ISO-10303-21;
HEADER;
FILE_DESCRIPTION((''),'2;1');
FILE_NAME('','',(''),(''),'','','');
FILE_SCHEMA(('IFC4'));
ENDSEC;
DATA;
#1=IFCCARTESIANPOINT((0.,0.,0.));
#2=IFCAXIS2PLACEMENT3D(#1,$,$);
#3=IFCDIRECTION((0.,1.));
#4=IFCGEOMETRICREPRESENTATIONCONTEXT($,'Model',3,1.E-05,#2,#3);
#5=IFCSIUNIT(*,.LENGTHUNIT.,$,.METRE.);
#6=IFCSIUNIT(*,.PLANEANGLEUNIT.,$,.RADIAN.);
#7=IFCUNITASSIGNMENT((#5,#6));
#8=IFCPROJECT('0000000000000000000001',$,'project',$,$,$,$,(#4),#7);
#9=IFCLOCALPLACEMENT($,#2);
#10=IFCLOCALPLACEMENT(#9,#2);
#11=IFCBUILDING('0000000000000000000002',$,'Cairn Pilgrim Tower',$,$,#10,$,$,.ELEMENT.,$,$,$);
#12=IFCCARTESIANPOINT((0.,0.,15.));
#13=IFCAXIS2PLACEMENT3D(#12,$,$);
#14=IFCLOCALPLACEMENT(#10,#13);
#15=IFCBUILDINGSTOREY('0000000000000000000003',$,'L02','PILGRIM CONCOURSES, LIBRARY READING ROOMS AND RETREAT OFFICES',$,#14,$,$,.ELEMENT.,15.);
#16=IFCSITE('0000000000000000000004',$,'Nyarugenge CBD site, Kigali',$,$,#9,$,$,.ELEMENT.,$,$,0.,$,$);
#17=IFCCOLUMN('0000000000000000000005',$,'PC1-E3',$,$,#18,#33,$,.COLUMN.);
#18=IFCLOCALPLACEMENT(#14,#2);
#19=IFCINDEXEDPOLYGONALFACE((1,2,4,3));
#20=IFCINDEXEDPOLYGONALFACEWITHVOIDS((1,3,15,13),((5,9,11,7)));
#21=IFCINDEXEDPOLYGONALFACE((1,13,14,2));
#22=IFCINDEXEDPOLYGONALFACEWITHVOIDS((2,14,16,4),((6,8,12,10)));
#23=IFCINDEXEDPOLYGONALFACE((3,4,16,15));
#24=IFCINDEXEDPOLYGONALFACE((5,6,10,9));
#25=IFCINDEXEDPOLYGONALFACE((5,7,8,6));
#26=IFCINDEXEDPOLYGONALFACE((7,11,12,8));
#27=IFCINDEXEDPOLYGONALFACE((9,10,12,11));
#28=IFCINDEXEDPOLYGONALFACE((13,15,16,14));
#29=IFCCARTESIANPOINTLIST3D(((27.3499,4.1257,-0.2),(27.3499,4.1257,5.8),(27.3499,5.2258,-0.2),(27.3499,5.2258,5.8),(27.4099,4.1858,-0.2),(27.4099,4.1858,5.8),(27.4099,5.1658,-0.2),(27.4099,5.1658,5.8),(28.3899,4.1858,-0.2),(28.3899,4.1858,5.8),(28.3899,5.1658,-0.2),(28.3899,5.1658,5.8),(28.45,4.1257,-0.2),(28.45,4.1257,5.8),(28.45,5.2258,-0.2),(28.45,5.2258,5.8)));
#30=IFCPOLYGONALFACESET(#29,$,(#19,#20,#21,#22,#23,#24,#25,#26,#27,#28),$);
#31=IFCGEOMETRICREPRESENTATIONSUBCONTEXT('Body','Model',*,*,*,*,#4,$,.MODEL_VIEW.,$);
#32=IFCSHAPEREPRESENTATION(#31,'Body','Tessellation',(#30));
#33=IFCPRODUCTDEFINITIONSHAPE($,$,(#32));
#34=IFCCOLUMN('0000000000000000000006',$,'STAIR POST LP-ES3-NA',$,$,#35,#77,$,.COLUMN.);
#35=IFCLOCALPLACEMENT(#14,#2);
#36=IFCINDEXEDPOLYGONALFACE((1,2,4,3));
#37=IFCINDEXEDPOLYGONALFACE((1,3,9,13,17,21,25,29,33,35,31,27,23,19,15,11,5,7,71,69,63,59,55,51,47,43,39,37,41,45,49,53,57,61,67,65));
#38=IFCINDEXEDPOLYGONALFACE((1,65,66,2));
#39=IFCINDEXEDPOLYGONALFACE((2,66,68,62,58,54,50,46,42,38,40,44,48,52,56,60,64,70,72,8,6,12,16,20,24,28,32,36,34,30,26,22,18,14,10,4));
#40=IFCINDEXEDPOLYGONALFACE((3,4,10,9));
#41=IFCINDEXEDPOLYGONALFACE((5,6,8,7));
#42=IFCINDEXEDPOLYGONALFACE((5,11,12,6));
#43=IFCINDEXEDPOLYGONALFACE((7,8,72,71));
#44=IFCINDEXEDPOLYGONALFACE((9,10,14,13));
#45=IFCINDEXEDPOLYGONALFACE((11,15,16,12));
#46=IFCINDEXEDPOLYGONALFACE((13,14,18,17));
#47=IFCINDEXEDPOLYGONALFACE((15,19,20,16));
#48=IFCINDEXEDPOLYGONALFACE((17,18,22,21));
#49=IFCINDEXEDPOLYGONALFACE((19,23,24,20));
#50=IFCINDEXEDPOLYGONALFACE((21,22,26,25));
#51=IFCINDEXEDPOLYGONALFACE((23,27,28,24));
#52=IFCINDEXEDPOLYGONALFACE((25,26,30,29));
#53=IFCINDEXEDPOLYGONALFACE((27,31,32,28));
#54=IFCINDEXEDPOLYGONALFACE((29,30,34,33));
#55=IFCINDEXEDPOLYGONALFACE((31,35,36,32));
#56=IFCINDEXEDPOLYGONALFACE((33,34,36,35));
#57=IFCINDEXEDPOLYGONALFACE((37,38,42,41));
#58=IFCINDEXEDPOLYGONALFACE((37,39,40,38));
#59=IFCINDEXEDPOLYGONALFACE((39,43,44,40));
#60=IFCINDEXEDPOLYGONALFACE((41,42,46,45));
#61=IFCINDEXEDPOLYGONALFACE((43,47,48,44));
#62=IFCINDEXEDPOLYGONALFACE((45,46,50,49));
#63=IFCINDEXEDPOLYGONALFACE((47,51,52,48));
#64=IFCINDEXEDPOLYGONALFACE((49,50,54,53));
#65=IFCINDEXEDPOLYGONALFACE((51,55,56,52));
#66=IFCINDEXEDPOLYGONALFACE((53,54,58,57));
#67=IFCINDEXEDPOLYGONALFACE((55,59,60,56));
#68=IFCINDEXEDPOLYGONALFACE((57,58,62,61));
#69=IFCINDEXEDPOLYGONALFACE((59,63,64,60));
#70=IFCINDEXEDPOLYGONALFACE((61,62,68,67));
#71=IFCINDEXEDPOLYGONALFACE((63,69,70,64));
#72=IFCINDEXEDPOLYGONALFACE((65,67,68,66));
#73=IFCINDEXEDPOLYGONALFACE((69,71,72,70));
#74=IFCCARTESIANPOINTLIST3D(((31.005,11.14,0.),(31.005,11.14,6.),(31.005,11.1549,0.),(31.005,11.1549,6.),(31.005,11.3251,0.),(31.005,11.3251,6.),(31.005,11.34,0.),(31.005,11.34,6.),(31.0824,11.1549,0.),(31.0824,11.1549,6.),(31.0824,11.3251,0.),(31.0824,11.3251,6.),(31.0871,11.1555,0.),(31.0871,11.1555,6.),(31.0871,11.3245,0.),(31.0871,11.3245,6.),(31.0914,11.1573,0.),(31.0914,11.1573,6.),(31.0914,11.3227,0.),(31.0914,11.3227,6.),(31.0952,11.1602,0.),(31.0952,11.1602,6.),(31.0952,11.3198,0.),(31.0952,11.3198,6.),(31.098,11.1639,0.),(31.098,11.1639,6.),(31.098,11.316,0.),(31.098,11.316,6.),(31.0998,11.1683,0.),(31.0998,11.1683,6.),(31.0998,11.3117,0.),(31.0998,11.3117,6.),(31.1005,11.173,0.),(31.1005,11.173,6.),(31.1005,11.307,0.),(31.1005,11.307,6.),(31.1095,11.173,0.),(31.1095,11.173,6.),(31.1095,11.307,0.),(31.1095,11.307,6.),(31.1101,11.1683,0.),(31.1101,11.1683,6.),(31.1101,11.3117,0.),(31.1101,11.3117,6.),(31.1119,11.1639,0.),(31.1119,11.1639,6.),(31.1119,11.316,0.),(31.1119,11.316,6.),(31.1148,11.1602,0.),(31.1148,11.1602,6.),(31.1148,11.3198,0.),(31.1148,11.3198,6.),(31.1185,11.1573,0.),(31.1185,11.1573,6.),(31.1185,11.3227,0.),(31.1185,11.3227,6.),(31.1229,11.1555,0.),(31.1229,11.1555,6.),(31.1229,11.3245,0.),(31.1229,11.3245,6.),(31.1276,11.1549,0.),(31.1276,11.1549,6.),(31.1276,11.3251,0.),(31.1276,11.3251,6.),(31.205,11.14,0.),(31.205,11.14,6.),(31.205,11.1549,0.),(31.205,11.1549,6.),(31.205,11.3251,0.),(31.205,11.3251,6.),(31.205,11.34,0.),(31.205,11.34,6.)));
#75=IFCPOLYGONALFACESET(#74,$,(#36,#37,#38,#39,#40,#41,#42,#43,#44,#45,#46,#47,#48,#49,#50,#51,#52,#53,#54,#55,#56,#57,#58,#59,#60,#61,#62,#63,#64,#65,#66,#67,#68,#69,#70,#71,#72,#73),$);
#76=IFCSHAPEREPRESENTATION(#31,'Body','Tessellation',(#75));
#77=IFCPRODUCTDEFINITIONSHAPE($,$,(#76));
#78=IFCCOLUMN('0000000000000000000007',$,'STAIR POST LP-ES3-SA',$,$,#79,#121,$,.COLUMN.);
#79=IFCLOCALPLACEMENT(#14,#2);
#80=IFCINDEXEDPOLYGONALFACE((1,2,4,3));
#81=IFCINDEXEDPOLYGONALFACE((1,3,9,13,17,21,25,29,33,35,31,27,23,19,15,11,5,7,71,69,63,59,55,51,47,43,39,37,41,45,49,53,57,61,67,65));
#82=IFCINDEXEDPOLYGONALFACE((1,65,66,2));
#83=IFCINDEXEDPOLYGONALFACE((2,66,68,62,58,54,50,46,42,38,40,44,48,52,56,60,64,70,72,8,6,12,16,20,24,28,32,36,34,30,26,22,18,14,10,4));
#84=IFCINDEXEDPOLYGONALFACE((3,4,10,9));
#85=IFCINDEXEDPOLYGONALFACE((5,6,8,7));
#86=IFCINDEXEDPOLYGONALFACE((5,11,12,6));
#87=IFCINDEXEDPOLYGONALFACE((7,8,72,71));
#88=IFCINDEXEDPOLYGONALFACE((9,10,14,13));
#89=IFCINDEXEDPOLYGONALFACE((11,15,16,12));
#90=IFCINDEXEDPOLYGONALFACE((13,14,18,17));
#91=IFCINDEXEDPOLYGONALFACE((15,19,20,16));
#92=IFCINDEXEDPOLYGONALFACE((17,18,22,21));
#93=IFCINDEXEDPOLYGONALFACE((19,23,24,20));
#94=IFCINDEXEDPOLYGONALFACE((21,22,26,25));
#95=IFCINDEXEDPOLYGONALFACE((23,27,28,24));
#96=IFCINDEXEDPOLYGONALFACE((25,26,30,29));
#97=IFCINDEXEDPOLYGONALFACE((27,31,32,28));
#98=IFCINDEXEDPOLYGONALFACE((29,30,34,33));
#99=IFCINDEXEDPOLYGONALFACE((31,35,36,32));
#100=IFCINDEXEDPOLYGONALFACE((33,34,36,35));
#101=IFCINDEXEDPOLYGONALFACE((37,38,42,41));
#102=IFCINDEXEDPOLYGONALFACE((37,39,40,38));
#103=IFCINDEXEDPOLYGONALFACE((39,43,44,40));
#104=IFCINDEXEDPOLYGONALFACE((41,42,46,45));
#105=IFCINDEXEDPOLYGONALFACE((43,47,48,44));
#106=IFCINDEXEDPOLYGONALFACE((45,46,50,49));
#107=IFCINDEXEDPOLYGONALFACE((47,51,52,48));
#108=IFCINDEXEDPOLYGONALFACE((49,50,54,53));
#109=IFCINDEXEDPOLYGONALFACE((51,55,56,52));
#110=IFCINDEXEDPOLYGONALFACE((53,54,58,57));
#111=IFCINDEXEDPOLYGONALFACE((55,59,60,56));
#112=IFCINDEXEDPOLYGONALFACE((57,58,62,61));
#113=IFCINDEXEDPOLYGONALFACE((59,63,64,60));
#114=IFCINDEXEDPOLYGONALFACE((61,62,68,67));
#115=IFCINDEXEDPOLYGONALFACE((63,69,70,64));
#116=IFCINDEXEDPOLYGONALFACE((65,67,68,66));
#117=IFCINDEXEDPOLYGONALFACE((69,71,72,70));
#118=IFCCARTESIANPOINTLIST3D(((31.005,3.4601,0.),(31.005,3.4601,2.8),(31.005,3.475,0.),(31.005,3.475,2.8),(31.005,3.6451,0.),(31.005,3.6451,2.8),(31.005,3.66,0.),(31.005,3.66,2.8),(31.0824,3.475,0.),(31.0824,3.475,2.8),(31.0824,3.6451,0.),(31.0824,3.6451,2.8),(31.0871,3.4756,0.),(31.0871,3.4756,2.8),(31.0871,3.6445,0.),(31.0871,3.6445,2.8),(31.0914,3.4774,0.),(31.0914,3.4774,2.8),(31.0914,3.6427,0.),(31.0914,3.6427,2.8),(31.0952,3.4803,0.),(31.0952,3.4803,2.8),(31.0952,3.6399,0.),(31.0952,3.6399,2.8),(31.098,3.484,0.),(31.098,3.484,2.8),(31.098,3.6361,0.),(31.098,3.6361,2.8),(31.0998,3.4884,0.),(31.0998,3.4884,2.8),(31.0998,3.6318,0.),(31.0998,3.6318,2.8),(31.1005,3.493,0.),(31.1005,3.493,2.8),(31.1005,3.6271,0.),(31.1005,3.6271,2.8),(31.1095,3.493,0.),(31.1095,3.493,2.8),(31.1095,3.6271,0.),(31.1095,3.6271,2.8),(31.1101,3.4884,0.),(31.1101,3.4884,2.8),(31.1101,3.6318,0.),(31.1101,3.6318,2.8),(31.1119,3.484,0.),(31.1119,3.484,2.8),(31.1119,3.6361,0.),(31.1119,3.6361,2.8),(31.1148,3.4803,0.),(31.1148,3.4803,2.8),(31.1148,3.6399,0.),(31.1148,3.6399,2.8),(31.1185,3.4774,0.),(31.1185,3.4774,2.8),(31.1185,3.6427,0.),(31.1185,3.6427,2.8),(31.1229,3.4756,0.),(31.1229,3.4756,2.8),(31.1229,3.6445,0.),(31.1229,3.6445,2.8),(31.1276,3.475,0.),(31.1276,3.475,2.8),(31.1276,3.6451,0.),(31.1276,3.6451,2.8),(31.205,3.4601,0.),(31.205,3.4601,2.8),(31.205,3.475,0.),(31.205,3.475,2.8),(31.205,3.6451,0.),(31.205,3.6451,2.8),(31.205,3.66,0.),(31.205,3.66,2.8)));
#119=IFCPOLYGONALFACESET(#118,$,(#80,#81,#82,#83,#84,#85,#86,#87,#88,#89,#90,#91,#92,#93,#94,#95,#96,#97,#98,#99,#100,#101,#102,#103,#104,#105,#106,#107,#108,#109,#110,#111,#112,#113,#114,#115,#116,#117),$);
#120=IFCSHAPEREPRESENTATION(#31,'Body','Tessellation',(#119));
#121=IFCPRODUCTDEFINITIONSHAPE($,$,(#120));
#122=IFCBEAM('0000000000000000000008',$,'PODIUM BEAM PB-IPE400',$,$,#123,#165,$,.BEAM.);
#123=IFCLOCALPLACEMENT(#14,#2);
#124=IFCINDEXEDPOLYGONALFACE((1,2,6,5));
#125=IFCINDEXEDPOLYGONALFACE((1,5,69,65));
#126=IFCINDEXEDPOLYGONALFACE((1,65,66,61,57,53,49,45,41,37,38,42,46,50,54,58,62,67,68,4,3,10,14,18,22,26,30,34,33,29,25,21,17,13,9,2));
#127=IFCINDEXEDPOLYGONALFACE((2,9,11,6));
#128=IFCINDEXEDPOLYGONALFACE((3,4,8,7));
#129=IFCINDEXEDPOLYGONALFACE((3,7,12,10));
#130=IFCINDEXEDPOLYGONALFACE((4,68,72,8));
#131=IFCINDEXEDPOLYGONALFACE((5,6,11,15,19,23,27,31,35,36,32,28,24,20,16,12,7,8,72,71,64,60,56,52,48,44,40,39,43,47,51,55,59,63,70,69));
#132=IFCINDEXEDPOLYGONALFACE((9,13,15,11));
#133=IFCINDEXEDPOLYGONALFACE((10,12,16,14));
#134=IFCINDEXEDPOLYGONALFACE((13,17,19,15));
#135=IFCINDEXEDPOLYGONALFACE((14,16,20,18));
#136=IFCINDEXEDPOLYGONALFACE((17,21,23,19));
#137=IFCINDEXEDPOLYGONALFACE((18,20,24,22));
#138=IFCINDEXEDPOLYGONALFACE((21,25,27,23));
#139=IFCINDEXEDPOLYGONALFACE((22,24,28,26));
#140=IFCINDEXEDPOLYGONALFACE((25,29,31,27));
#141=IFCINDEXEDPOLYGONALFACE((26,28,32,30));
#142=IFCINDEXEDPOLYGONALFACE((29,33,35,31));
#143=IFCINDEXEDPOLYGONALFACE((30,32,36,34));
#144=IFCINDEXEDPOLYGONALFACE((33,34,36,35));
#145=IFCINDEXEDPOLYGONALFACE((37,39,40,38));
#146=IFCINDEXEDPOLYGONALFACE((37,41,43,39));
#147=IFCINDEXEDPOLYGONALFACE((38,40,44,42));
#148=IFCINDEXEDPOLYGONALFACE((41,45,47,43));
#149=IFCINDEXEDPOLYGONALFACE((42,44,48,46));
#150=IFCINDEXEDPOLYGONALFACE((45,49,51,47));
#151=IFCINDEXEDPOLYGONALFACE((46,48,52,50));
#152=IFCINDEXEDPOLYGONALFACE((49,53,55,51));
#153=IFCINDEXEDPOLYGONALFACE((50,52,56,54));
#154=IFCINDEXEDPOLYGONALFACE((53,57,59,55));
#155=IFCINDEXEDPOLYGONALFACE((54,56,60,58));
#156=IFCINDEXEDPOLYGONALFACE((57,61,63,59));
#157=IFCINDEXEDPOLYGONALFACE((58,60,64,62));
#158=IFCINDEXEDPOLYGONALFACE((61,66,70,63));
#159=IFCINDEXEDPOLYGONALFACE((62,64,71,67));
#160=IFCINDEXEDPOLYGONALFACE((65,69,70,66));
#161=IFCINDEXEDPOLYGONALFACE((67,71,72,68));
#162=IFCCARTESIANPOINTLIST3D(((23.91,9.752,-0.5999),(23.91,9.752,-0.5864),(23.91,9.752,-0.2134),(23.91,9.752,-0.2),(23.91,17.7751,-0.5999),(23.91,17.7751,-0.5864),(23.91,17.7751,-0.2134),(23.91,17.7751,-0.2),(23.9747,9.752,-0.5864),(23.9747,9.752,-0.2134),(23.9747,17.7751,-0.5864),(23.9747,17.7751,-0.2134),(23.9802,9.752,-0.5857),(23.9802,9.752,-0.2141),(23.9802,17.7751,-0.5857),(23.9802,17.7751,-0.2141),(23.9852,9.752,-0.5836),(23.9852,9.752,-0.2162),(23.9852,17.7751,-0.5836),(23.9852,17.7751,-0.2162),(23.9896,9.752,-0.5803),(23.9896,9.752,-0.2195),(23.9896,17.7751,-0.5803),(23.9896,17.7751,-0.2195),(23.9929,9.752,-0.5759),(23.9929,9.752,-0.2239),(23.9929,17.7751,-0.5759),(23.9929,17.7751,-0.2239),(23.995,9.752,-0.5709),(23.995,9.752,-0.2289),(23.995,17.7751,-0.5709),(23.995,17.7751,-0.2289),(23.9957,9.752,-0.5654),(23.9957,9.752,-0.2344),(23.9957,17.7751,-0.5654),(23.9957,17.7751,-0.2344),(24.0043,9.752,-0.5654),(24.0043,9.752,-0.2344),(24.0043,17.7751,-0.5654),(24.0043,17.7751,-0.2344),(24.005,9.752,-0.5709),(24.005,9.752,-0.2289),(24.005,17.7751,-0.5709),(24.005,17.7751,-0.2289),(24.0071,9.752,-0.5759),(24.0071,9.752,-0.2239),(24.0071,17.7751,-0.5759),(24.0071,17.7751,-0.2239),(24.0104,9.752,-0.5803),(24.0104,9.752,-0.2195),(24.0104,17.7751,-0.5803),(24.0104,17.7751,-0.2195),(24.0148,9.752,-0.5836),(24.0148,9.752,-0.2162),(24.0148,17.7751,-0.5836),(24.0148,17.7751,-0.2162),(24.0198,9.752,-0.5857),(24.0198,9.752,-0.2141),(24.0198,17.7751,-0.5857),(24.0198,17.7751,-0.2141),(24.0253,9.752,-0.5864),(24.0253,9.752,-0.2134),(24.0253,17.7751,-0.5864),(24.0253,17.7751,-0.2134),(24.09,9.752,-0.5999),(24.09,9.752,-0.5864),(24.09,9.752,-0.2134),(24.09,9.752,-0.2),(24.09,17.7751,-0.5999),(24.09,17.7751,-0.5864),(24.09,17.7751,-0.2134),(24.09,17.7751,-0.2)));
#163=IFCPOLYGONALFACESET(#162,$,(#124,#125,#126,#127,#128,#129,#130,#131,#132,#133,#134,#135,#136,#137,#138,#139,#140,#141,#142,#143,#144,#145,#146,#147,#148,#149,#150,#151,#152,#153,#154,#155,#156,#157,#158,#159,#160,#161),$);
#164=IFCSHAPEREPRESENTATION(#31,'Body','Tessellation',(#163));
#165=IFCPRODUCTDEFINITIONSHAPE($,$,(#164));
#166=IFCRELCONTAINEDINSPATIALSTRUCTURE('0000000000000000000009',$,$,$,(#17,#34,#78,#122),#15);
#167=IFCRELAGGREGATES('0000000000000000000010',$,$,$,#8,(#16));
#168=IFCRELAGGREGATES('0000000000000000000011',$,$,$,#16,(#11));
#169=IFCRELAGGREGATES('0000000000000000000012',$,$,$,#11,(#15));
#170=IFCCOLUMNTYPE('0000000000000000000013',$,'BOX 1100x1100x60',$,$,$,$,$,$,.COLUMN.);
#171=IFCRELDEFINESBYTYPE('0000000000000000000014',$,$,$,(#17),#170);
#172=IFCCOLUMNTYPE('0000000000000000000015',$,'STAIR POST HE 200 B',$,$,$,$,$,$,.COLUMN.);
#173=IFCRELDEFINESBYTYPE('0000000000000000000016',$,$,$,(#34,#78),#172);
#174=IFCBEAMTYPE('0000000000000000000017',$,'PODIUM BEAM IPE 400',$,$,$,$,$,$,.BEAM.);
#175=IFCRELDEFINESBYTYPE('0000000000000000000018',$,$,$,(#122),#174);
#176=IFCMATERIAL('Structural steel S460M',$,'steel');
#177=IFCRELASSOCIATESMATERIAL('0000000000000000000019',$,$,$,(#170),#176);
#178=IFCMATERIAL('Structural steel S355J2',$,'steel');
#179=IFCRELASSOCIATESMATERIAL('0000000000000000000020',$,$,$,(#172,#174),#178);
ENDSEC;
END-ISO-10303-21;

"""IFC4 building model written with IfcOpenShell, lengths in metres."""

from ifc_helpers import new_model, si_unit, direction, frame, origin, origin_2d, place, context, subcontext, project, spatial, hollow_rectangle, i_section, extrude, material, material_profile, profile_set, type_object, element, save


model = new_model("IFC4")

# Units and contexts
model_context = context("Model", 3, precision=1e-05, world=origin(), true_north=direction((0.0, 1.0)))
body_context = subcontext(model_context, "Body", "Model", "MODEL_VIEW")
ifc_project = project(units=[si_unit("LENGTHUNIT", "METRE"), si_unit("PLANEANGLEUNIT", "RADIAN")], contexts=[model_context])

# Site, building, storey
site_placement = place(None, origin())
site = spatial("IfcSite", under=ifc_project, at=site_placement, Name="Nyarugenge CBD site, Kigali", CompositionType="ELEMENT", RefElevation=0.0)
building_placement = place(site_placement, origin())
building = spatial("IfcBuilding", under=site, at=building_placement, Name="Cairn Pilgrim Tower", CompositionType="ELEMENT")
storey_placement = place(building_placement, frame((0.0, 0.0, 15.0)))
storey = spatial("IfcBuildingStorey", under=building, at=storey_placement, Name="L02", Description="PILGRIM CONCOURSES, LIBRARY READING ROOMS AND RETREAT OFFICES", CompositionType="ELEMENT", Elevation=15.0)

# Columns
ifc_material_1 = material(Name="Structural steel S460M", Category="steel")
ifc_material_profile_1 = material_profile(ifc_material_1, hollow_rectangle(XDim=1.1001, YDim=1.1001, WallThickness=0.0601, at=origin_2d()), Name="BOX 1100x1100x60")
ifc_profile_set_1 = profile_set([ifc_material_profile_1], Name="Structural steel S460M")
column_type_1 = type_object("IfcColumnType", Name="BOX 1100x1100x60", PredefinedType="COLUMN", material=ifc_profile_set_1)
column_1_placement = place(storey_placement, frame((27.8999, 4.6758, -0.2), z_axis=(0.0, 0.0, 1.0), x_axis=(1.0, 0.0, 0.0)))
element("IfcColumn", 1, at=column_1_placement, inside=storey, type_object=column_type_1, Name="PC1-E3", PredefinedType="COLUMN", context=body_context, shape_type="SweptSolid", body=[
    extrude(hollow_rectangle(XDim=1.1001, YDim=1.1001, WallThickness=0.0601, at=origin_2d()), origin(), (0.0, 0.0, 1.0), 6.0),
])
ifc_material_2 = material(Name="Structural steel S355J2", Category="steel")
ifc_material_profile_2 = material_profile(ifc_material_2, i_section(OverallWidth=0.2, OverallDepth=0.2, WebThickness=0.009, FlangeThickness=0.0149, FilletRadius=0.0181, at=origin_2d()), Name="HE 200 B")
ifc_profile_set_2 = profile_set([ifc_material_profile_2], Name="Structural steel S355J2")
column_type_2 = type_object("IfcColumnType", Name="STAIR POST HE 200 B", PredefinedType="COLUMN", material=ifc_profile_set_2)
column_2_placement = place(storey_placement, frame((31.105, 11.24, 0.0), z_axis=(0.0, 0.0, 1.0), x_axis=(1.0, 0.0, 0.0)))
element("IfcColumn", 2, at=column_2_placement, inside=storey, type_object=column_type_2, Name="STAIR POST LP-ES3-NA", PredefinedType="COLUMN", context=body_context, shape_type="SweptSolid", body=[
    extrude(i_section(OverallWidth=0.2, OverallDepth=0.2, WebThickness=0.009, FlangeThickness=0.0149, FilletRadius=0.0181, at=origin_2d()), origin(), (0.0, 0.0, 1.0), 6.0),
])
column_3_placement = place(storey_placement, frame((31.105, 3.5601, 0.0), z_axis=(0.0, 0.0, 1.0), x_axis=(1.0, 0.0, 0.0)))
element("IfcColumn", 3, at=column_3_placement, inside=storey, type_object=column_type_2, Name="STAIR POST LP-ES3-SA", PredefinedType="COLUMN", context=body_context, shape_type="SweptSolid", body=[
    extrude(i_section(OverallWidth=0.2, OverallDepth=0.2, WebThickness=0.009, FlangeThickness=0.0149, FilletRadius=0.0181, at=origin_2d()), origin(), (0.0, 0.0, 1.0), 2.8),
])

# Beam
ifc_material_profile_3 = material_profile(ifc_material_2, i_section(OverallWidth=0.1799, OverallDepth=0.3999, WebThickness=0.0085, FlangeThickness=0.0134, FilletRadius=0.021, at=origin_2d()), Name="IPE 400")
ifc_profile_set_3 = profile_set([ifc_material_profile_3], Name="Structural steel S355J2")
beam_type_1 = type_object("IfcBeamType", Name="PODIUM BEAM IPE 400", PredefinedType="BEAM", material=ifc_profile_set_3)
beam_1_placement = place(storey_placement, frame((24.0, 9.752, -0.3999), z_axis=(0.0, 1.0, 0.0), x_axis=(-1.0, 0.0, 0.0)))
element("IfcBeam", 4, at=beam_1_placement, inside=storey, type_object=beam_type_1, Name="PODIUM BEAM PB-IPE400", PredefinedType="BEAM", context=body_context, shape_type="SweptSolid", body=[
    extrude(i_section(OverallWidth=0.1799, OverallDepth=0.3999, WebThickness=0.0085, FlangeThickness=0.0134, FilletRadius=0.021, at=origin_2d()), origin(), (0.0, 0.0, 1.0), 8.0232),
])

save(model, "model.ifc")
